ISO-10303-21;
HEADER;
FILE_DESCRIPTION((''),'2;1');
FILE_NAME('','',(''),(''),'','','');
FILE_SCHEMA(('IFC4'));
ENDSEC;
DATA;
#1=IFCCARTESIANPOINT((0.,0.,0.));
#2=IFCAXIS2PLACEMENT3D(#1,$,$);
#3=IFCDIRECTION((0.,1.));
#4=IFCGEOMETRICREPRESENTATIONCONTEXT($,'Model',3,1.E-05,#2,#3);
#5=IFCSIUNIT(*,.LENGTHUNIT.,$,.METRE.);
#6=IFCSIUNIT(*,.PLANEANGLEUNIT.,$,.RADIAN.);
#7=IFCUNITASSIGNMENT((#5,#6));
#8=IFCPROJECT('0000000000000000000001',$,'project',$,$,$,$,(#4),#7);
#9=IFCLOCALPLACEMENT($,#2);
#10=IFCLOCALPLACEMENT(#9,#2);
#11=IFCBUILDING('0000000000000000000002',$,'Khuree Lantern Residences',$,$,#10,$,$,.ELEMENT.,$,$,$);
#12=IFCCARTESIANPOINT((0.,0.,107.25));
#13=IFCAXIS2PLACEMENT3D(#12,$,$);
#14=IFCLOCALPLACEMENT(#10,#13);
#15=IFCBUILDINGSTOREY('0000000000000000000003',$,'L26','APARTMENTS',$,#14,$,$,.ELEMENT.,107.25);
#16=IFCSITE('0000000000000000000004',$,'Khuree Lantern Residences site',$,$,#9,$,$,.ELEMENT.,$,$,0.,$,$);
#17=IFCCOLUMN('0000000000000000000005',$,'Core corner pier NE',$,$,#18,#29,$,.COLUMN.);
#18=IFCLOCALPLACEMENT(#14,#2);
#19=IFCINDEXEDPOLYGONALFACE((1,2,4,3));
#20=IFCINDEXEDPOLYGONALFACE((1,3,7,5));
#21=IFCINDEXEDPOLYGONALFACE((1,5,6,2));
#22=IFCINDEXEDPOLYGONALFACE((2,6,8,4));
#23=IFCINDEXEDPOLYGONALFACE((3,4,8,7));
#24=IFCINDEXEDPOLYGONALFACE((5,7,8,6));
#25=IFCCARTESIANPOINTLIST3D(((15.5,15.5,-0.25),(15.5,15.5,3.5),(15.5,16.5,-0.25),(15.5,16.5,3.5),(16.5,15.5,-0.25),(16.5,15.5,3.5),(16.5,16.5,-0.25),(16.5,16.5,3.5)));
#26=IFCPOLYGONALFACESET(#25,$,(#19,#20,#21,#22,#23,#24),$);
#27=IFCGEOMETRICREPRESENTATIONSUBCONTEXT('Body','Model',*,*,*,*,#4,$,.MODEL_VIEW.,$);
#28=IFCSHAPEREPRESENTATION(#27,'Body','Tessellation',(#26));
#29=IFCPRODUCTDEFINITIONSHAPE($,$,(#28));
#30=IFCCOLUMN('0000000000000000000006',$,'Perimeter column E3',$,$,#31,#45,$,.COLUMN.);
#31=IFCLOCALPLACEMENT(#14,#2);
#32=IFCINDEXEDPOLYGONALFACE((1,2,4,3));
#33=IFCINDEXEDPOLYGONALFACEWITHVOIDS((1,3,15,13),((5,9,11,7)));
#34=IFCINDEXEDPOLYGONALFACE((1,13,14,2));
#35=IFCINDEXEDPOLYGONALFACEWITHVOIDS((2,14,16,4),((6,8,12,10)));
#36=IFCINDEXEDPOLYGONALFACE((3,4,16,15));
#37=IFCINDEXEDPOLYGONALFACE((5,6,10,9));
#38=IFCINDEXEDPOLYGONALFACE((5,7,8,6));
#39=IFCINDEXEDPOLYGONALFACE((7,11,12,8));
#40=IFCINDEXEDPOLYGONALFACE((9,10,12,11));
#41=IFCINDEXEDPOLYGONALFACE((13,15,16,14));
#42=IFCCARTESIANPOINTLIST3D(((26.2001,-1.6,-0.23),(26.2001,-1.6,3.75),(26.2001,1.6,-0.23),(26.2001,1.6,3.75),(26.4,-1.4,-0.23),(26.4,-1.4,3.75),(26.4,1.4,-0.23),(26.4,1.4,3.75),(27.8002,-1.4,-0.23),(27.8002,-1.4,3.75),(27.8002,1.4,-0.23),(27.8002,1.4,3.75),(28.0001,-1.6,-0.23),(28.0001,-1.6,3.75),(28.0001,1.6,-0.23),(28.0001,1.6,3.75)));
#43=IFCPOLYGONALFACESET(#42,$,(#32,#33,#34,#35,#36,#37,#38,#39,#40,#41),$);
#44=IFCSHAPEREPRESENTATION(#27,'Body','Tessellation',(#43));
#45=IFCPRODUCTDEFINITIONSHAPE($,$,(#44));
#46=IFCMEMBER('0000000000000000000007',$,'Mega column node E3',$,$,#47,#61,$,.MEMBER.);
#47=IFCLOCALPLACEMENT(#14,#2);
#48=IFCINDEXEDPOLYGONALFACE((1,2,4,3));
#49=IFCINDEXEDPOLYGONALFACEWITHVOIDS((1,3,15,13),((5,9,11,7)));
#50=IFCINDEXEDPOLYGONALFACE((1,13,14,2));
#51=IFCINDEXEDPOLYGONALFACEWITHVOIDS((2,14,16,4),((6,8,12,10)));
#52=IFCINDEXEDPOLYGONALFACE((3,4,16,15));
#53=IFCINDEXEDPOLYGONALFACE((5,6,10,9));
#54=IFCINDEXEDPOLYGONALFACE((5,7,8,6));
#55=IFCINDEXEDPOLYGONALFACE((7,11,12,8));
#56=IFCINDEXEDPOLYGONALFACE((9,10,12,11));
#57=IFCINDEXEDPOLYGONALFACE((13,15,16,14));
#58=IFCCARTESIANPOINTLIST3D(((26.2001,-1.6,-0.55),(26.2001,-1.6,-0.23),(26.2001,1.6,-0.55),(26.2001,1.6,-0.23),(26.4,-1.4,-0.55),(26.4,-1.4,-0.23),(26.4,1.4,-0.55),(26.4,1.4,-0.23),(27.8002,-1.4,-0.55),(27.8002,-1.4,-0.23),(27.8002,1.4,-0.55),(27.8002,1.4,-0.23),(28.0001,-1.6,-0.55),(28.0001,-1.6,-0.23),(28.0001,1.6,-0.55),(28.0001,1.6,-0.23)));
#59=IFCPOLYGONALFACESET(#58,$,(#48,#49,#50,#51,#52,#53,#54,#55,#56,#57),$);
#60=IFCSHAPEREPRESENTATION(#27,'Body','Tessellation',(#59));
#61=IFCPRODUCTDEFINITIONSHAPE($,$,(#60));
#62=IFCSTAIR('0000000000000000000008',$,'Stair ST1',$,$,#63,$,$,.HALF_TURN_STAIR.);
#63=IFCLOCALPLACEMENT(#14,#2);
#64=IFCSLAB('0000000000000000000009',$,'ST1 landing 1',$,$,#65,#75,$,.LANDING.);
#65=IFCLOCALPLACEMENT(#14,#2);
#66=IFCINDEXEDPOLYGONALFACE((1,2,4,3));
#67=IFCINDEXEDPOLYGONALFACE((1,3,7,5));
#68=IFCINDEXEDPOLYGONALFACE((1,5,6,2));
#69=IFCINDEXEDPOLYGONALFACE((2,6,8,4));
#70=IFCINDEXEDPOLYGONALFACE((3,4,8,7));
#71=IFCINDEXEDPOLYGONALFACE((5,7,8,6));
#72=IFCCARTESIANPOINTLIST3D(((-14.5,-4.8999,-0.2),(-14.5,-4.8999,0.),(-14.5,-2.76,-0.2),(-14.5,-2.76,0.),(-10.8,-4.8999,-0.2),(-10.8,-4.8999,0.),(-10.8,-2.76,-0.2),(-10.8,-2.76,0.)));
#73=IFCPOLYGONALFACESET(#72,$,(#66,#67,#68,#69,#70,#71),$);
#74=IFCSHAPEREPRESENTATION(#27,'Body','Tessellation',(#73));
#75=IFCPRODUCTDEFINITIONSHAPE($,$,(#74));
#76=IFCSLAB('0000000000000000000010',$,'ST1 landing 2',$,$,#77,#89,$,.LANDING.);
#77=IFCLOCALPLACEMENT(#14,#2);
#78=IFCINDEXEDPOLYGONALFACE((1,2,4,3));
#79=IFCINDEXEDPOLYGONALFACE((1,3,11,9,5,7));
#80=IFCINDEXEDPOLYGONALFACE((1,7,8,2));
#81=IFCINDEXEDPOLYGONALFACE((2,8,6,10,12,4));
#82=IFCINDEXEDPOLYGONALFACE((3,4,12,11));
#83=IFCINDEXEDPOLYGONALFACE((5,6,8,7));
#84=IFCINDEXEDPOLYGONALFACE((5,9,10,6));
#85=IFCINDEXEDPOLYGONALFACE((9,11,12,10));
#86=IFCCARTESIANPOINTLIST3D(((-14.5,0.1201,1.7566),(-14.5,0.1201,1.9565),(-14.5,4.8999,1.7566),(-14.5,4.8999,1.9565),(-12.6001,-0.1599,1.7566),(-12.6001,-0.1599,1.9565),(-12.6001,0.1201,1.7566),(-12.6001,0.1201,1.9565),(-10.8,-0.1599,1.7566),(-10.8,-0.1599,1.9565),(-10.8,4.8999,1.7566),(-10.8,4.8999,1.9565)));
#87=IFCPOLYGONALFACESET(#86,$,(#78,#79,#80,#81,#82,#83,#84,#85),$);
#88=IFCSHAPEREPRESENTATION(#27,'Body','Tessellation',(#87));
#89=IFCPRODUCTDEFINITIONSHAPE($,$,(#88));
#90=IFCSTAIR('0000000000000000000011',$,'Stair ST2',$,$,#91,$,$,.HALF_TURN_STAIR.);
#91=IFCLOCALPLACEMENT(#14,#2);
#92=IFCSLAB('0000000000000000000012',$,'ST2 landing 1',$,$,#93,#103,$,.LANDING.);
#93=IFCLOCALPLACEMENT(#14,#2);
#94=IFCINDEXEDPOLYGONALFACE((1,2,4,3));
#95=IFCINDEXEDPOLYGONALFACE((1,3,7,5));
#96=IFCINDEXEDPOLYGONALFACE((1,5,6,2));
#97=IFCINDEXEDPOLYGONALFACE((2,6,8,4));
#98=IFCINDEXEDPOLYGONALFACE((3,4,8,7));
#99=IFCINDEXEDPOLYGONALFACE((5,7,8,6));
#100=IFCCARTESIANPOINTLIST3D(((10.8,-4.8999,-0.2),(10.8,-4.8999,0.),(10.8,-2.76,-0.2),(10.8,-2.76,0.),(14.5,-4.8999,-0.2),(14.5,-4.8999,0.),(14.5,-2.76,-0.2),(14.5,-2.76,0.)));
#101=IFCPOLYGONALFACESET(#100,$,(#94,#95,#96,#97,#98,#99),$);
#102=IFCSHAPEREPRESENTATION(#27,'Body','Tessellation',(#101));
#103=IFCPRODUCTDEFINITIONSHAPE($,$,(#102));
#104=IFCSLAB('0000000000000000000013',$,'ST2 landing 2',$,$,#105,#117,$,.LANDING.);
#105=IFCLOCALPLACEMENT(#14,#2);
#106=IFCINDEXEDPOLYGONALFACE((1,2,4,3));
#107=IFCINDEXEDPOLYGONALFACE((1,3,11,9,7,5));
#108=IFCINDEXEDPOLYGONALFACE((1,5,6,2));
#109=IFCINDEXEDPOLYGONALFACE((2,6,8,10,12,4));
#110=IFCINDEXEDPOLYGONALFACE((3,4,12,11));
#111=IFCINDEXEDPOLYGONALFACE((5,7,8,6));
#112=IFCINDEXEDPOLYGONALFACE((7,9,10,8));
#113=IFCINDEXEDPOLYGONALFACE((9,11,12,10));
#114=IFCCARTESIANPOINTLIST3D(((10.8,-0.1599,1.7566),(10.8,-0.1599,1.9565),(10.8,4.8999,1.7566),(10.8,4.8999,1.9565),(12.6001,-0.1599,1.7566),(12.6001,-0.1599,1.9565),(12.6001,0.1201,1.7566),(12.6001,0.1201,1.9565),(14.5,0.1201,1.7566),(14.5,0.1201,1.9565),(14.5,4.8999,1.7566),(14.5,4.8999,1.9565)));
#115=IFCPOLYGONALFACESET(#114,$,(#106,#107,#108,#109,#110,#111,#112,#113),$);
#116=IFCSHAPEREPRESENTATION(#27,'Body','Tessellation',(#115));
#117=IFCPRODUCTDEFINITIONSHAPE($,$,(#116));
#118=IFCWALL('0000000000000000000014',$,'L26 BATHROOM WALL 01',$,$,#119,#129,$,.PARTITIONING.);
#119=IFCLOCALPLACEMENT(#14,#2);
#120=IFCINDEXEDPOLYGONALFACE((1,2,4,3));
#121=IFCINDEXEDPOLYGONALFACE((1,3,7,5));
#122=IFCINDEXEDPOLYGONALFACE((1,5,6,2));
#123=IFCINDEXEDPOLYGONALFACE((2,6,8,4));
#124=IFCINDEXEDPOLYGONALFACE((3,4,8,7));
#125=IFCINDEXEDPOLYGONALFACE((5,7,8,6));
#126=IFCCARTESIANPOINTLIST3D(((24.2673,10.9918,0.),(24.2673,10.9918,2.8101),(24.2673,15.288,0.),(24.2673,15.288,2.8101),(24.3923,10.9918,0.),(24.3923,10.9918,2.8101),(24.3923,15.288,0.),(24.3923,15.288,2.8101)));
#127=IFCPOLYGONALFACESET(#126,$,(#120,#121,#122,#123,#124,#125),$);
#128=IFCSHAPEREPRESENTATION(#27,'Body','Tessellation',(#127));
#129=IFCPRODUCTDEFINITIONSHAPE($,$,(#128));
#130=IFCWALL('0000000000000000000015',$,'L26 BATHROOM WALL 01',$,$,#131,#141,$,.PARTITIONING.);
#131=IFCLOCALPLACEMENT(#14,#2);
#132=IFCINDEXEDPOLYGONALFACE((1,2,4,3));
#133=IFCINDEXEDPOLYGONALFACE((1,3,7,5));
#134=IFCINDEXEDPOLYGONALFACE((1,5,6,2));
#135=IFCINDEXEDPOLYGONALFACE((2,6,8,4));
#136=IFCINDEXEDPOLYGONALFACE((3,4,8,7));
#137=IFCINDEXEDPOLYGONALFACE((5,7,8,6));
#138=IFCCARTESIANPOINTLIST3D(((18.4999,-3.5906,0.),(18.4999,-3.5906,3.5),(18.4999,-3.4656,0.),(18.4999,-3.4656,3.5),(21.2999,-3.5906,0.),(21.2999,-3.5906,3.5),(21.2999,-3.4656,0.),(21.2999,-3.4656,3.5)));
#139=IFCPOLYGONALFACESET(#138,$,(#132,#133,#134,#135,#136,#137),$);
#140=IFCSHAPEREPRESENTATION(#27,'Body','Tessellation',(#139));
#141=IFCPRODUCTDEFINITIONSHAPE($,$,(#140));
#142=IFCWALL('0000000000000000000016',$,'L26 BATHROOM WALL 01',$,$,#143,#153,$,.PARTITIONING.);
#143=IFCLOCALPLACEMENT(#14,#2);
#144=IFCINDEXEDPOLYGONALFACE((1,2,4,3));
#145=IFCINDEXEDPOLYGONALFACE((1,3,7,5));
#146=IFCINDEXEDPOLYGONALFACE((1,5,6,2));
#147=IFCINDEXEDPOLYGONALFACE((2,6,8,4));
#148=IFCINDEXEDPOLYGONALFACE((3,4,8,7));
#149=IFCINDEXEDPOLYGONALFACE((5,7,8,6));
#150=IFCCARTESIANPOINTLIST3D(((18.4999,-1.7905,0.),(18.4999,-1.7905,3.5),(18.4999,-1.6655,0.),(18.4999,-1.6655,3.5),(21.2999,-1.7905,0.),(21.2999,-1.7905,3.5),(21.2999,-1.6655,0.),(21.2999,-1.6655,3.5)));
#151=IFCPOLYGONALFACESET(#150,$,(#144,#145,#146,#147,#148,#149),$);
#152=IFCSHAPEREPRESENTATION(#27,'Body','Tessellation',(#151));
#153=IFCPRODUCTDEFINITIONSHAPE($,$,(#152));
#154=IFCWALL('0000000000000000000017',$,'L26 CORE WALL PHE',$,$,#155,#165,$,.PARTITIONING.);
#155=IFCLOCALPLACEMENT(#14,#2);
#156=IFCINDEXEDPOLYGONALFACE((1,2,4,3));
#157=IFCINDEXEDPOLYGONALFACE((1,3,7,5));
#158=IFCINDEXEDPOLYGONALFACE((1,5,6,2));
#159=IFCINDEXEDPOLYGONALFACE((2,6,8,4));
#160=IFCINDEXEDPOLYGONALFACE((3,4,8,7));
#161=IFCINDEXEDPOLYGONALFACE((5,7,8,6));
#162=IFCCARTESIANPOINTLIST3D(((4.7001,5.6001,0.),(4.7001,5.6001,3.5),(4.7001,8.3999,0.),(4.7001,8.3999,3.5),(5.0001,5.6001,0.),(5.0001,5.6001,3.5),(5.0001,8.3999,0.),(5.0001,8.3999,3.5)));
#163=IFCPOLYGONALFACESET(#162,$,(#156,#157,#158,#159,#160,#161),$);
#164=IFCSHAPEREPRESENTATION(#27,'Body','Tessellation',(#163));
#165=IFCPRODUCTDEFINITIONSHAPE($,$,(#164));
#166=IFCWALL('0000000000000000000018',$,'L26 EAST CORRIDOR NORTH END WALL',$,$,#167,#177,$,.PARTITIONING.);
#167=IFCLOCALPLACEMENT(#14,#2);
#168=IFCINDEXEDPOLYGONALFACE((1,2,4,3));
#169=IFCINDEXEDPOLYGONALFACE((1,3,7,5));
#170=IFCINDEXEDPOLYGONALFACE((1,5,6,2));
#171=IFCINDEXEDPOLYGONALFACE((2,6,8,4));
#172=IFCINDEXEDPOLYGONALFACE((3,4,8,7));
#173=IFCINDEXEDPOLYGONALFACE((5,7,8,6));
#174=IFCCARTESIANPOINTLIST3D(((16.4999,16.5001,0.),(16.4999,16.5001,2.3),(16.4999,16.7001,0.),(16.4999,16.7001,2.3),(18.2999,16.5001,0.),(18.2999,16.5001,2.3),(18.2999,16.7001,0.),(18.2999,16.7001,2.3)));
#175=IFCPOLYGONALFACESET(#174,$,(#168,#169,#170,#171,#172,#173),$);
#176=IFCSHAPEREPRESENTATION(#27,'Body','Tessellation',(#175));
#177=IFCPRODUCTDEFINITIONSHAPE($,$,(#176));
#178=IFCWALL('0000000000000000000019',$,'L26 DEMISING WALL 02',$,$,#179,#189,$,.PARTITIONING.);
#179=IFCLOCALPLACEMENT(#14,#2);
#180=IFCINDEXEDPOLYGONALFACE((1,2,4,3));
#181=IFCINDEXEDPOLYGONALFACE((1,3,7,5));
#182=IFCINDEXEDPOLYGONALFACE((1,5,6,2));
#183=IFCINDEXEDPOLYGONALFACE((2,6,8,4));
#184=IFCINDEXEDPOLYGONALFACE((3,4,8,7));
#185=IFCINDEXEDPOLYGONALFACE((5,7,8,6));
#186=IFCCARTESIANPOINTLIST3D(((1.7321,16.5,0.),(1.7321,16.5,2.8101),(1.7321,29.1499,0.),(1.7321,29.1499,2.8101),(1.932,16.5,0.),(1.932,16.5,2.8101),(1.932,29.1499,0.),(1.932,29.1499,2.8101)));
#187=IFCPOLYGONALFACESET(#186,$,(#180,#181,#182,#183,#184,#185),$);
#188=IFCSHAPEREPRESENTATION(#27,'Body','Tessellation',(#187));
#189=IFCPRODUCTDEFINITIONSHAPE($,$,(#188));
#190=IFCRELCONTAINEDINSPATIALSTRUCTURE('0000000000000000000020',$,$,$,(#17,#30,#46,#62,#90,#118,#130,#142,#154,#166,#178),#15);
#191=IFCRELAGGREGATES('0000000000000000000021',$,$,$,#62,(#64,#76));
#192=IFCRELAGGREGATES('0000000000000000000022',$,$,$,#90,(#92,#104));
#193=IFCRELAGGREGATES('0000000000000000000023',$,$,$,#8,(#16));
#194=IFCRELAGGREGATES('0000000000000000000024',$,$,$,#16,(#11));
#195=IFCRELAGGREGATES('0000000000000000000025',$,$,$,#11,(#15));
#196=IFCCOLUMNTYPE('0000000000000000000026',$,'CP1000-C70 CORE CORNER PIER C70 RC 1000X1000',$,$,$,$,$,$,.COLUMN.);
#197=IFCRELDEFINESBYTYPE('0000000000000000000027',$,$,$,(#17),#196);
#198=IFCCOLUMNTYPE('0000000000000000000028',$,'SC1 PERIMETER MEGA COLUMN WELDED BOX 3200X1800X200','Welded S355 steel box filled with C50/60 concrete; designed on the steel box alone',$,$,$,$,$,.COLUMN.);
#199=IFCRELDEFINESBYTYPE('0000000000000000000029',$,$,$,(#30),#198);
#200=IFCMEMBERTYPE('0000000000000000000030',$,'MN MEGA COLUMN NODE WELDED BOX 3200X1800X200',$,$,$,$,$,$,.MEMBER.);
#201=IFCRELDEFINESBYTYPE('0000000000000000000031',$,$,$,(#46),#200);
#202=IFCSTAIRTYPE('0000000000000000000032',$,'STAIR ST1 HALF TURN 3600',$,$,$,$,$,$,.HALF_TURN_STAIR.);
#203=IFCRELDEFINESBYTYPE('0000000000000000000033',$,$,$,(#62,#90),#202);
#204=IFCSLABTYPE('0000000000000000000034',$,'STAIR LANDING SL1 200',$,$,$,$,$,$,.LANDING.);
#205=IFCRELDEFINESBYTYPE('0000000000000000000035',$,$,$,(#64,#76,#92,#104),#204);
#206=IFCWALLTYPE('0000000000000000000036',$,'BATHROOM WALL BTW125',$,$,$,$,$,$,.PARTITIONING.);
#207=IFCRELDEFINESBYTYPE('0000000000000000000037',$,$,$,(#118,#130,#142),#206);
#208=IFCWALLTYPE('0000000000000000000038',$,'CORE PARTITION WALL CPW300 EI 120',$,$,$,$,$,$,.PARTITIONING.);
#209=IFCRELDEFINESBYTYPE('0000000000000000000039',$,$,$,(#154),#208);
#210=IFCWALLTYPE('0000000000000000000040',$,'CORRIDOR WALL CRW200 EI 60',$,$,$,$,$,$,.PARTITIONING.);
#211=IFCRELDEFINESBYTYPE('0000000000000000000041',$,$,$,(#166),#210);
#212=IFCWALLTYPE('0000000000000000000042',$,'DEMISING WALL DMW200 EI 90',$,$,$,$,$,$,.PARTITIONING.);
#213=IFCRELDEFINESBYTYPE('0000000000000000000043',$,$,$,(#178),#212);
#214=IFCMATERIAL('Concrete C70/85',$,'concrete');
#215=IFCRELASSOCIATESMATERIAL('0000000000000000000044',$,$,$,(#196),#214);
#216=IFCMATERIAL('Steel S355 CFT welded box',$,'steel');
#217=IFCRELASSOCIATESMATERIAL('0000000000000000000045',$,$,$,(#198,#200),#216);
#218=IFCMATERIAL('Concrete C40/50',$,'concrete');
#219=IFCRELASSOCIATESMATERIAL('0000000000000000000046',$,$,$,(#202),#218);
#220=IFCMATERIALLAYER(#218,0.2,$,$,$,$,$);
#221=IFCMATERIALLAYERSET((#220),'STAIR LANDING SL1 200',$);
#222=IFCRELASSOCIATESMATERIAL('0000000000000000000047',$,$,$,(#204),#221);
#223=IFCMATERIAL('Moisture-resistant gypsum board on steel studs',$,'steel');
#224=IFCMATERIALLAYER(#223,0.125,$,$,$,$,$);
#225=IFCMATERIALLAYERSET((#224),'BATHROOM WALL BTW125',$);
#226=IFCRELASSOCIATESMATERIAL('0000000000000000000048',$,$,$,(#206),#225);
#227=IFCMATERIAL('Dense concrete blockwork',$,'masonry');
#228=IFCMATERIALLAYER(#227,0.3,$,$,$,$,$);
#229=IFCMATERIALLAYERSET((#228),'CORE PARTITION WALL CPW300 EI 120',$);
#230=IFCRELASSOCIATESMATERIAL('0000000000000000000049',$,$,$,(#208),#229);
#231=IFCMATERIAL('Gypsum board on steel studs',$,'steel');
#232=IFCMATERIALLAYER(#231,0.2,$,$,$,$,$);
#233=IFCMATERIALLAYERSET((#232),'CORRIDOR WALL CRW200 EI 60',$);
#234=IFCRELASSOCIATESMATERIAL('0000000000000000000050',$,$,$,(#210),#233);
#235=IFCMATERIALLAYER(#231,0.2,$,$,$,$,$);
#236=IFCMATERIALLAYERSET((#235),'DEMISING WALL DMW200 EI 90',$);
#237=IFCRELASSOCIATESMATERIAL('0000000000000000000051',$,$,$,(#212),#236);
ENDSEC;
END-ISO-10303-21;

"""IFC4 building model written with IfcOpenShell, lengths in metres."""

from ifc_helpers import new_model, si_unit, direction, frame, frame_2d, origin, origin_2d, place, context, subcontext, project, spatial, polyline, rectangle, hollow_rectangle, outline, extrude, material, layer, layer_set, material_profile, profile_set, type_object, element, aggregate, save


model = new_model("IFC4")

# Units and contexts
model_context = context("Model", 3, precision=1e-05, world=origin(), true_north=direction((0.0, 1.0)))
body_context = subcontext(model_context, "Body", "Model", "MODEL_VIEW")
ifc_project = project(units=[si_unit("LENGTHUNIT", "METRE"), si_unit("PLANEANGLEUNIT", "RADIAN")], contexts=[model_context])

# Site, building, storey
site_placement = place(None, origin())
site = spatial("IfcSite", under=ifc_project, at=site_placement, Name="Khuree Lantern Residences site", CompositionType="ELEMENT", RefElevation=0.0)
building_placement = place(site_placement, origin())
building = spatial("IfcBuilding", under=site, at=building_placement, Name="Khuree Lantern Residences", CompositionType="ELEMENT")
storey_placement = place(building_placement, frame((0.0, 0.0, 107.25)))
storey = spatial("IfcBuildingStorey", under=building, at=storey_placement, Name="L26", Description="APARTMENTS", CompositionType="ELEMENT", Elevation=107.25)

# Columns
ifc_material_1 = material(Name="Concrete C70/85", Category="concrete")
ifc_material_profile_1 = material_profile(ifc_material_1, rectangle(XDim=1.0, YDim=1.0, at=origin_2d()), Name="RC 1000X1000")
ifc_profile_set_1 = profile_set([ifc_material_profile_1], Name="Concrete C70/85")
column_type_1 = type_object("IfcColumnType", Name="CP1000-C70 CORE CORNER PIER C70 RC 1000X1000", PredefinedType="COLUMN", material=ifc_profile_set_1)
column_1_placement = place(storey_placement, frame((16.0, 16.0, -0.25), z_axis=(0.0, 0.0, 1.0), x_axis=(1.0, 0.0, 0.0)))
element("IfcColumn", 1, at=column_1_placement, inside=storey, type_object=column_type_1, Name="Core corner pier NE", PredefinedType="COLUMN", context=body_context, shape_type="SweptSolid", body=[
    extrude(rectangle(XDim=1.0, YDim=1.0, at=origin_2d()), origin(), (0.0, 0.0, 1.0), 3.75),
])
ifc_material_2 = material(Name="Steel S355 CFT welded box", Category="steel")
ifc_material_profile_2 = material_profile(ifc_material_2, hollow_rectangle(XDim=3.2, YDim=1.8, WallThickness=0.2, at=origin_2d()), Name="WELDED BOX 3200X1800X200")
ifc_profile_set_2 = profile_set([ifc_material_profile_2], Name="Steel S355 CFT welded box")
column_type_2 = type_object("IfcColumnType", Name="SC1 PERIMETER MEGA COLUMN WELDED BOX 3200X1800X200", Description="Welded S355 steel box filled with C50/60 concrete; designed on the steel box alone", PredefinedType="COLUMN", material=ifc_profile_set_2)
column_2_placement = place(storey_placement, frame((27.1001, 0.0, -0.23), z_axis=(0.0, 0.0, 1.0), x_axis=(0.0, 1.0, 0.0)))
element("IfcColumn", 2, at=column_2_placement, inside=storey, type_object=column_type_2, Name="Perimeter column E3", PredefinedType="COLUMN", context=body_context, shape_type="SweptSolid", body=[
    extrude(hollow_rectangle(XDim=3.2, YDim=1.8, WallThickness=0.2, at=origin_2d()), origin(), (0.0, 0.0, 1.0), 3.98),
])

# Member
ifc_material_profile_3 = material_profile(ifc_material_2, hollow_rectangle(XDim=3.2, YDim=1.8, WallThickness=0.2, at=origin_2d()), Name="WELDED BOX 3200X1800X200")
ifc_profile_set_3 = profile_set([ifc_material_profile_3], Name="Steel S355 CFT welded box")
member_type = type_object("IfcMemberType", Name="MN MEGA COLUMN NODE WELDED BOX 3200X1800X200", PredefinedType="MEMBER", material=ifc_profile_set_3)
member_placement = place(storey_placement, frame((27.1001, 0.0, -0.55), z_axis=(0.0, 0.0, 1.0), x_axis=(0.0, 1.0, 0.0)))
element("IfcMember", 3, at=member_placement, inside=storey, type_object=member_type, Name="Mega column node E3", PredefinedType="MEMBER", context=body_context, shape_type="SweptSolid", body=[
    extrude(hollow_rectangle(XDim=3.2, YDim=1.8, WallThickness=0.2, at=origin_2d()), origin(), (0.0, 0.0, 1.0), 0.3201),
])

# Stairs, slabs
ifc_material_3 = material(Name="Concrete C40/50", Category="concrete")
stair_type = type_object("IfcStairType", Name="STAIR ST1 HALF TURN 3600", PredefinedType="HALF_TURN_STAIR", material=ifc_material_3)
stair_1_placement = place(storey_placement, origin())
stair_1 = element("IfcStair", 4, at=stair_1_placement, inside=storey, type_object=stair_type, Name="Stair ST1", PredefinedType="HALF_TURN_STAIR")
ifc_layer_1 = layer(ifc_material_3, 0.2)
ifc_layer_set_1 = layer_set([ifc_layer_1], Name="STAIR LANDING SL1 200")
slab_type = type_object("IfcSlabType", Name="STAIR LANDING SL1 200", PredefinedType="LANDING", material=ifc_layer_set_1)
slab_1_placement = place(storey_placement, frame((0.0, 0.0, -0.2)))
slab_1 = element("IfcSlab", 5, at=slab_1_placement, type_object=slab_type, Name="ST1 landing 1", PredefinedType="LANDING", context=body_context, shape_type="SweptSolid", body=[
    extrude(outline(polyline([(-14.5, -4.8999), (-10.8, -4.8999), (-10.8, -2.76), (-14.5, -2.76), (-14.5, -4.8999)])), origin(), (0.0, 0.0, 1.0), 0.2),
])
slab_2_placement = place(storey_placement, frame((0.0, 0.0, 1.7566)))
slab_2 = element("IfcSlab", 6, at=slab_2_placement, type_object=slab_type, Name="ST1 landing 2", PredefinedType="LANDING", context=body_context, shape_type="SweptSolid", body=[
    extrude(outline(polyline([(-14.5, 0.1201), (-14.5, 4.8999), (-10.8, 4.8999), (-10.8, -0.1599), (-12.6001, -0.1599), (-12.6001, 0.1201), (-14.5, 0.1201)])), origin(), (0.0, 0.0, 1.0), 0.2),
])
aggregate(stair_1, [slab_1, slab_2])
stair_2_placement = place(storey_placement, origin())
stair_2 = element("IfcStair", 7, at=stair_2_placement, inside=storey, type_object=stair_type, Name="Stair ST2", PredefinedType="HALF_TURN_STAIR")
slab_3_placement = place(storey_placement, frame((0.0, 0.0, -0.2)))
slab_3 = element("IfcSlab", 8, at=slab_3_placement, type_object=slab_type, Name="ST2 landing 1", PredefinedType="LANDING", context=body_context, shape_type="SweptSolid", body=[
    extrude(outline(polyline([(10.8, -4.8999), (14.5, -4.8999), (14.5, -2.76), (10.8, -2.76), (10.8, -4.8999)])), origin(), (0.0, 0.0, 1.0), 0.2),
])
slab_4_placement = place(storey_placement, frame((0.0, 0.0, 1.7566)))
slab_4 = element("IfcSlab", 9, at=slab_4_placement, type_object=slab_type, Name="ST2 landing 2", PredefinedType="LANDING", context=body_context, shape_type="SweptSolid", body=[
    extrude(outline(polyline([(14.5, 4.8999), (14.5, 0.1201), (12.6001, 0.1201), (12.6001, -0.1599), (10.8, -0.1599), (10.8, 4.8999), (14.5, 4.8999)])), origin(), (0.0, 0.0, 1.0), 0.2),
])

# Walls
ifc_material_4 = material(Name="Moisture-resistant gypsum board on steel studs", Category="steel")
ifc_layer_2 = layer(ifc_material_4, 0.125)
ifc_layer_set_2 = layer_set([ifc_layer_2], Name="BATHROOM WALL BTW125")
wall_type_1 = type_object("IfcWallType", Name="BATHROOM WALL BTW125", PredefinedType="PARTITIONING", material=ifc_layer_set_2)
wall_1_placement = place(storey_placement, frame((24.3298, 10.9919, 0.0), z_axis=(0.0, 0.0, 1.0), x_axis=(0.0, 1.0, 0.0)))
element("IfcWall", 10, at=wall_1_placement, inside=storey, type_object=wall_type_1, Name="L26 BATHROOM WALL 01", PredefinedType="PARTITIONING", context=body_context, shape_type="SweptSolid", body=[
    extrude(rectangle(XDim=4.2961, YDim=0.125, at=frame_2d((2.1479, 0.0))), origin(), (0.0, 0.0, 1.0), 2.8101),
])
for number, where, z_axis, x_axis, name in (
    (11, (18.5, -3.5281, 0.0), (0.0, 0.0, 1.0), (1.0, 0.0, 0.0), "L26 BATHROOM WALL 01"),
    (12, (18.5, -1.728, 0.0), (0.0, 0.0, 1.0), (1.0, 0.0, 0.0), "L26 BATHROOM WALL 01"),
):
    element("IfcWall", number, at=place(storey_placement, frame(where, z_axis=z_axis, x_axis=x_axis)), inside=storey, type_object=wall_type_1, Name=name, PredefinedType="PARTITIONING", context=body_context, shape_type="SweptSolid", body=[
        extrude(rectangle(XDim=2.8, YDim=0.125, at=frame_2d((1.3999, 0.0))), origin(), (0.0, 0.0, 1.0), 3.5),
    ])
ifc_material_5 = material(Name="Dense concrete blockwork", Category="masonry")
ifc_layer_3 = layer(ifc_material_5, 0.3)
ifc_layer_set_3 = layer_set([ifc_layer_3], Name="CORE PARTITION WALL CPW300 EI 120")
wall_type_2 = type_object("IfcWallType", Name="CORE PARTITION WALL CPW300 EI 120", PredefinedType="PARTITIONING", material=ifc_layer_set_3)
wall_2_placement = place(storey_placement, frame((4.8501, 5.6001, 0.0), z_axis=(0.0, 0.0, 1.0), x_axis=(0.0, 1.0, 0.0)))
element("IfcWall", 13, at=wall_2_placement, inside=storey, type_object=wall_type_2, Name="L26 CORE WALL PHE", PredefinedType="PARTITIONING", context=body_context, shape_type="SweptSolid", body=[
    extrude(rectangle(XDim=2.7998, YDim=0.3, at=frame_2d((1.3999, 0.0))), origin(), (0.0, 0.0, 1.0), 3.5),
])
ifc_material_6 = material(Name="Gypsum board on steel studs", Category="steel")
ifc_layer_4 = layer(ifc_material_6, 0.2)
ifc_layer_set_4 = layer_set([ifc_layer_4], Name="CORRIDOR WALL CRW200 EI 60")
wall_type_3 = type_object("IfcWallType", Name="CORRIDOR WALL CRW200 EI 60", PredefinedType="PARTITIONING", material=ifc_layer_set_4)
wall_3_placement = place(storey_placement, frame((16.5, 16.6001, 0.0), z_axis=(0.0, 0.0, 1.0), x_axis=(1.0, 0.0, 0.0)))
element("IfcWall", 14, at=wall_3_placement, inside=storey, type_object=wall_type_3, Name="L26 EAST CORRIDOR NORTH END WALL", PredefinedType="PARTITIONING", context=body_context, shape_type="SweptSolid", body=[
    extrude(rectangle(XDim=1.8, YDim=0.2, at=frame_2d((0.8999, 0.0))), origin(), (0.0, 0.0, 1.0), 2.3),
])
ifc_layer_5 = layer(ifc_material_6, 0.2)
ifc_layer_set_5 = layer_set([ifc_layer_5], Name="DEMISING WALL DMW200 EI 90")
wall_type_4 = type_object("IfcWallType", Name="DEMISING WALL DMW200 EI 90", PredefinedType="PARTITIONING", material=ifc_layer_set_5)
wall_4_placement = place(storey_placement, frame((1.832, 16.5, 0.0), z_axis=(0.0, 0.0, 1.0), x_axis=(0.0, 1.0, 0.0)))
element("IfcWall", 15, at=wall_4_placement, inside=storey, type_object=wall_type_4, Name="L26 DEMISING WALL 02", PredefinedType="PARTITIONING", context=body_context, shape_type="SweptSolid", body=[
    extrude(rectangle(XDim=12.6499, YDim=0.2, at=frame_2d((6.325, 0.0))), origin(), (0.0, 0.0, 1.0), 2.8101),
])

aggregate(stair_2, [slab_3, slab_4])

save(model, "model.ifc")
